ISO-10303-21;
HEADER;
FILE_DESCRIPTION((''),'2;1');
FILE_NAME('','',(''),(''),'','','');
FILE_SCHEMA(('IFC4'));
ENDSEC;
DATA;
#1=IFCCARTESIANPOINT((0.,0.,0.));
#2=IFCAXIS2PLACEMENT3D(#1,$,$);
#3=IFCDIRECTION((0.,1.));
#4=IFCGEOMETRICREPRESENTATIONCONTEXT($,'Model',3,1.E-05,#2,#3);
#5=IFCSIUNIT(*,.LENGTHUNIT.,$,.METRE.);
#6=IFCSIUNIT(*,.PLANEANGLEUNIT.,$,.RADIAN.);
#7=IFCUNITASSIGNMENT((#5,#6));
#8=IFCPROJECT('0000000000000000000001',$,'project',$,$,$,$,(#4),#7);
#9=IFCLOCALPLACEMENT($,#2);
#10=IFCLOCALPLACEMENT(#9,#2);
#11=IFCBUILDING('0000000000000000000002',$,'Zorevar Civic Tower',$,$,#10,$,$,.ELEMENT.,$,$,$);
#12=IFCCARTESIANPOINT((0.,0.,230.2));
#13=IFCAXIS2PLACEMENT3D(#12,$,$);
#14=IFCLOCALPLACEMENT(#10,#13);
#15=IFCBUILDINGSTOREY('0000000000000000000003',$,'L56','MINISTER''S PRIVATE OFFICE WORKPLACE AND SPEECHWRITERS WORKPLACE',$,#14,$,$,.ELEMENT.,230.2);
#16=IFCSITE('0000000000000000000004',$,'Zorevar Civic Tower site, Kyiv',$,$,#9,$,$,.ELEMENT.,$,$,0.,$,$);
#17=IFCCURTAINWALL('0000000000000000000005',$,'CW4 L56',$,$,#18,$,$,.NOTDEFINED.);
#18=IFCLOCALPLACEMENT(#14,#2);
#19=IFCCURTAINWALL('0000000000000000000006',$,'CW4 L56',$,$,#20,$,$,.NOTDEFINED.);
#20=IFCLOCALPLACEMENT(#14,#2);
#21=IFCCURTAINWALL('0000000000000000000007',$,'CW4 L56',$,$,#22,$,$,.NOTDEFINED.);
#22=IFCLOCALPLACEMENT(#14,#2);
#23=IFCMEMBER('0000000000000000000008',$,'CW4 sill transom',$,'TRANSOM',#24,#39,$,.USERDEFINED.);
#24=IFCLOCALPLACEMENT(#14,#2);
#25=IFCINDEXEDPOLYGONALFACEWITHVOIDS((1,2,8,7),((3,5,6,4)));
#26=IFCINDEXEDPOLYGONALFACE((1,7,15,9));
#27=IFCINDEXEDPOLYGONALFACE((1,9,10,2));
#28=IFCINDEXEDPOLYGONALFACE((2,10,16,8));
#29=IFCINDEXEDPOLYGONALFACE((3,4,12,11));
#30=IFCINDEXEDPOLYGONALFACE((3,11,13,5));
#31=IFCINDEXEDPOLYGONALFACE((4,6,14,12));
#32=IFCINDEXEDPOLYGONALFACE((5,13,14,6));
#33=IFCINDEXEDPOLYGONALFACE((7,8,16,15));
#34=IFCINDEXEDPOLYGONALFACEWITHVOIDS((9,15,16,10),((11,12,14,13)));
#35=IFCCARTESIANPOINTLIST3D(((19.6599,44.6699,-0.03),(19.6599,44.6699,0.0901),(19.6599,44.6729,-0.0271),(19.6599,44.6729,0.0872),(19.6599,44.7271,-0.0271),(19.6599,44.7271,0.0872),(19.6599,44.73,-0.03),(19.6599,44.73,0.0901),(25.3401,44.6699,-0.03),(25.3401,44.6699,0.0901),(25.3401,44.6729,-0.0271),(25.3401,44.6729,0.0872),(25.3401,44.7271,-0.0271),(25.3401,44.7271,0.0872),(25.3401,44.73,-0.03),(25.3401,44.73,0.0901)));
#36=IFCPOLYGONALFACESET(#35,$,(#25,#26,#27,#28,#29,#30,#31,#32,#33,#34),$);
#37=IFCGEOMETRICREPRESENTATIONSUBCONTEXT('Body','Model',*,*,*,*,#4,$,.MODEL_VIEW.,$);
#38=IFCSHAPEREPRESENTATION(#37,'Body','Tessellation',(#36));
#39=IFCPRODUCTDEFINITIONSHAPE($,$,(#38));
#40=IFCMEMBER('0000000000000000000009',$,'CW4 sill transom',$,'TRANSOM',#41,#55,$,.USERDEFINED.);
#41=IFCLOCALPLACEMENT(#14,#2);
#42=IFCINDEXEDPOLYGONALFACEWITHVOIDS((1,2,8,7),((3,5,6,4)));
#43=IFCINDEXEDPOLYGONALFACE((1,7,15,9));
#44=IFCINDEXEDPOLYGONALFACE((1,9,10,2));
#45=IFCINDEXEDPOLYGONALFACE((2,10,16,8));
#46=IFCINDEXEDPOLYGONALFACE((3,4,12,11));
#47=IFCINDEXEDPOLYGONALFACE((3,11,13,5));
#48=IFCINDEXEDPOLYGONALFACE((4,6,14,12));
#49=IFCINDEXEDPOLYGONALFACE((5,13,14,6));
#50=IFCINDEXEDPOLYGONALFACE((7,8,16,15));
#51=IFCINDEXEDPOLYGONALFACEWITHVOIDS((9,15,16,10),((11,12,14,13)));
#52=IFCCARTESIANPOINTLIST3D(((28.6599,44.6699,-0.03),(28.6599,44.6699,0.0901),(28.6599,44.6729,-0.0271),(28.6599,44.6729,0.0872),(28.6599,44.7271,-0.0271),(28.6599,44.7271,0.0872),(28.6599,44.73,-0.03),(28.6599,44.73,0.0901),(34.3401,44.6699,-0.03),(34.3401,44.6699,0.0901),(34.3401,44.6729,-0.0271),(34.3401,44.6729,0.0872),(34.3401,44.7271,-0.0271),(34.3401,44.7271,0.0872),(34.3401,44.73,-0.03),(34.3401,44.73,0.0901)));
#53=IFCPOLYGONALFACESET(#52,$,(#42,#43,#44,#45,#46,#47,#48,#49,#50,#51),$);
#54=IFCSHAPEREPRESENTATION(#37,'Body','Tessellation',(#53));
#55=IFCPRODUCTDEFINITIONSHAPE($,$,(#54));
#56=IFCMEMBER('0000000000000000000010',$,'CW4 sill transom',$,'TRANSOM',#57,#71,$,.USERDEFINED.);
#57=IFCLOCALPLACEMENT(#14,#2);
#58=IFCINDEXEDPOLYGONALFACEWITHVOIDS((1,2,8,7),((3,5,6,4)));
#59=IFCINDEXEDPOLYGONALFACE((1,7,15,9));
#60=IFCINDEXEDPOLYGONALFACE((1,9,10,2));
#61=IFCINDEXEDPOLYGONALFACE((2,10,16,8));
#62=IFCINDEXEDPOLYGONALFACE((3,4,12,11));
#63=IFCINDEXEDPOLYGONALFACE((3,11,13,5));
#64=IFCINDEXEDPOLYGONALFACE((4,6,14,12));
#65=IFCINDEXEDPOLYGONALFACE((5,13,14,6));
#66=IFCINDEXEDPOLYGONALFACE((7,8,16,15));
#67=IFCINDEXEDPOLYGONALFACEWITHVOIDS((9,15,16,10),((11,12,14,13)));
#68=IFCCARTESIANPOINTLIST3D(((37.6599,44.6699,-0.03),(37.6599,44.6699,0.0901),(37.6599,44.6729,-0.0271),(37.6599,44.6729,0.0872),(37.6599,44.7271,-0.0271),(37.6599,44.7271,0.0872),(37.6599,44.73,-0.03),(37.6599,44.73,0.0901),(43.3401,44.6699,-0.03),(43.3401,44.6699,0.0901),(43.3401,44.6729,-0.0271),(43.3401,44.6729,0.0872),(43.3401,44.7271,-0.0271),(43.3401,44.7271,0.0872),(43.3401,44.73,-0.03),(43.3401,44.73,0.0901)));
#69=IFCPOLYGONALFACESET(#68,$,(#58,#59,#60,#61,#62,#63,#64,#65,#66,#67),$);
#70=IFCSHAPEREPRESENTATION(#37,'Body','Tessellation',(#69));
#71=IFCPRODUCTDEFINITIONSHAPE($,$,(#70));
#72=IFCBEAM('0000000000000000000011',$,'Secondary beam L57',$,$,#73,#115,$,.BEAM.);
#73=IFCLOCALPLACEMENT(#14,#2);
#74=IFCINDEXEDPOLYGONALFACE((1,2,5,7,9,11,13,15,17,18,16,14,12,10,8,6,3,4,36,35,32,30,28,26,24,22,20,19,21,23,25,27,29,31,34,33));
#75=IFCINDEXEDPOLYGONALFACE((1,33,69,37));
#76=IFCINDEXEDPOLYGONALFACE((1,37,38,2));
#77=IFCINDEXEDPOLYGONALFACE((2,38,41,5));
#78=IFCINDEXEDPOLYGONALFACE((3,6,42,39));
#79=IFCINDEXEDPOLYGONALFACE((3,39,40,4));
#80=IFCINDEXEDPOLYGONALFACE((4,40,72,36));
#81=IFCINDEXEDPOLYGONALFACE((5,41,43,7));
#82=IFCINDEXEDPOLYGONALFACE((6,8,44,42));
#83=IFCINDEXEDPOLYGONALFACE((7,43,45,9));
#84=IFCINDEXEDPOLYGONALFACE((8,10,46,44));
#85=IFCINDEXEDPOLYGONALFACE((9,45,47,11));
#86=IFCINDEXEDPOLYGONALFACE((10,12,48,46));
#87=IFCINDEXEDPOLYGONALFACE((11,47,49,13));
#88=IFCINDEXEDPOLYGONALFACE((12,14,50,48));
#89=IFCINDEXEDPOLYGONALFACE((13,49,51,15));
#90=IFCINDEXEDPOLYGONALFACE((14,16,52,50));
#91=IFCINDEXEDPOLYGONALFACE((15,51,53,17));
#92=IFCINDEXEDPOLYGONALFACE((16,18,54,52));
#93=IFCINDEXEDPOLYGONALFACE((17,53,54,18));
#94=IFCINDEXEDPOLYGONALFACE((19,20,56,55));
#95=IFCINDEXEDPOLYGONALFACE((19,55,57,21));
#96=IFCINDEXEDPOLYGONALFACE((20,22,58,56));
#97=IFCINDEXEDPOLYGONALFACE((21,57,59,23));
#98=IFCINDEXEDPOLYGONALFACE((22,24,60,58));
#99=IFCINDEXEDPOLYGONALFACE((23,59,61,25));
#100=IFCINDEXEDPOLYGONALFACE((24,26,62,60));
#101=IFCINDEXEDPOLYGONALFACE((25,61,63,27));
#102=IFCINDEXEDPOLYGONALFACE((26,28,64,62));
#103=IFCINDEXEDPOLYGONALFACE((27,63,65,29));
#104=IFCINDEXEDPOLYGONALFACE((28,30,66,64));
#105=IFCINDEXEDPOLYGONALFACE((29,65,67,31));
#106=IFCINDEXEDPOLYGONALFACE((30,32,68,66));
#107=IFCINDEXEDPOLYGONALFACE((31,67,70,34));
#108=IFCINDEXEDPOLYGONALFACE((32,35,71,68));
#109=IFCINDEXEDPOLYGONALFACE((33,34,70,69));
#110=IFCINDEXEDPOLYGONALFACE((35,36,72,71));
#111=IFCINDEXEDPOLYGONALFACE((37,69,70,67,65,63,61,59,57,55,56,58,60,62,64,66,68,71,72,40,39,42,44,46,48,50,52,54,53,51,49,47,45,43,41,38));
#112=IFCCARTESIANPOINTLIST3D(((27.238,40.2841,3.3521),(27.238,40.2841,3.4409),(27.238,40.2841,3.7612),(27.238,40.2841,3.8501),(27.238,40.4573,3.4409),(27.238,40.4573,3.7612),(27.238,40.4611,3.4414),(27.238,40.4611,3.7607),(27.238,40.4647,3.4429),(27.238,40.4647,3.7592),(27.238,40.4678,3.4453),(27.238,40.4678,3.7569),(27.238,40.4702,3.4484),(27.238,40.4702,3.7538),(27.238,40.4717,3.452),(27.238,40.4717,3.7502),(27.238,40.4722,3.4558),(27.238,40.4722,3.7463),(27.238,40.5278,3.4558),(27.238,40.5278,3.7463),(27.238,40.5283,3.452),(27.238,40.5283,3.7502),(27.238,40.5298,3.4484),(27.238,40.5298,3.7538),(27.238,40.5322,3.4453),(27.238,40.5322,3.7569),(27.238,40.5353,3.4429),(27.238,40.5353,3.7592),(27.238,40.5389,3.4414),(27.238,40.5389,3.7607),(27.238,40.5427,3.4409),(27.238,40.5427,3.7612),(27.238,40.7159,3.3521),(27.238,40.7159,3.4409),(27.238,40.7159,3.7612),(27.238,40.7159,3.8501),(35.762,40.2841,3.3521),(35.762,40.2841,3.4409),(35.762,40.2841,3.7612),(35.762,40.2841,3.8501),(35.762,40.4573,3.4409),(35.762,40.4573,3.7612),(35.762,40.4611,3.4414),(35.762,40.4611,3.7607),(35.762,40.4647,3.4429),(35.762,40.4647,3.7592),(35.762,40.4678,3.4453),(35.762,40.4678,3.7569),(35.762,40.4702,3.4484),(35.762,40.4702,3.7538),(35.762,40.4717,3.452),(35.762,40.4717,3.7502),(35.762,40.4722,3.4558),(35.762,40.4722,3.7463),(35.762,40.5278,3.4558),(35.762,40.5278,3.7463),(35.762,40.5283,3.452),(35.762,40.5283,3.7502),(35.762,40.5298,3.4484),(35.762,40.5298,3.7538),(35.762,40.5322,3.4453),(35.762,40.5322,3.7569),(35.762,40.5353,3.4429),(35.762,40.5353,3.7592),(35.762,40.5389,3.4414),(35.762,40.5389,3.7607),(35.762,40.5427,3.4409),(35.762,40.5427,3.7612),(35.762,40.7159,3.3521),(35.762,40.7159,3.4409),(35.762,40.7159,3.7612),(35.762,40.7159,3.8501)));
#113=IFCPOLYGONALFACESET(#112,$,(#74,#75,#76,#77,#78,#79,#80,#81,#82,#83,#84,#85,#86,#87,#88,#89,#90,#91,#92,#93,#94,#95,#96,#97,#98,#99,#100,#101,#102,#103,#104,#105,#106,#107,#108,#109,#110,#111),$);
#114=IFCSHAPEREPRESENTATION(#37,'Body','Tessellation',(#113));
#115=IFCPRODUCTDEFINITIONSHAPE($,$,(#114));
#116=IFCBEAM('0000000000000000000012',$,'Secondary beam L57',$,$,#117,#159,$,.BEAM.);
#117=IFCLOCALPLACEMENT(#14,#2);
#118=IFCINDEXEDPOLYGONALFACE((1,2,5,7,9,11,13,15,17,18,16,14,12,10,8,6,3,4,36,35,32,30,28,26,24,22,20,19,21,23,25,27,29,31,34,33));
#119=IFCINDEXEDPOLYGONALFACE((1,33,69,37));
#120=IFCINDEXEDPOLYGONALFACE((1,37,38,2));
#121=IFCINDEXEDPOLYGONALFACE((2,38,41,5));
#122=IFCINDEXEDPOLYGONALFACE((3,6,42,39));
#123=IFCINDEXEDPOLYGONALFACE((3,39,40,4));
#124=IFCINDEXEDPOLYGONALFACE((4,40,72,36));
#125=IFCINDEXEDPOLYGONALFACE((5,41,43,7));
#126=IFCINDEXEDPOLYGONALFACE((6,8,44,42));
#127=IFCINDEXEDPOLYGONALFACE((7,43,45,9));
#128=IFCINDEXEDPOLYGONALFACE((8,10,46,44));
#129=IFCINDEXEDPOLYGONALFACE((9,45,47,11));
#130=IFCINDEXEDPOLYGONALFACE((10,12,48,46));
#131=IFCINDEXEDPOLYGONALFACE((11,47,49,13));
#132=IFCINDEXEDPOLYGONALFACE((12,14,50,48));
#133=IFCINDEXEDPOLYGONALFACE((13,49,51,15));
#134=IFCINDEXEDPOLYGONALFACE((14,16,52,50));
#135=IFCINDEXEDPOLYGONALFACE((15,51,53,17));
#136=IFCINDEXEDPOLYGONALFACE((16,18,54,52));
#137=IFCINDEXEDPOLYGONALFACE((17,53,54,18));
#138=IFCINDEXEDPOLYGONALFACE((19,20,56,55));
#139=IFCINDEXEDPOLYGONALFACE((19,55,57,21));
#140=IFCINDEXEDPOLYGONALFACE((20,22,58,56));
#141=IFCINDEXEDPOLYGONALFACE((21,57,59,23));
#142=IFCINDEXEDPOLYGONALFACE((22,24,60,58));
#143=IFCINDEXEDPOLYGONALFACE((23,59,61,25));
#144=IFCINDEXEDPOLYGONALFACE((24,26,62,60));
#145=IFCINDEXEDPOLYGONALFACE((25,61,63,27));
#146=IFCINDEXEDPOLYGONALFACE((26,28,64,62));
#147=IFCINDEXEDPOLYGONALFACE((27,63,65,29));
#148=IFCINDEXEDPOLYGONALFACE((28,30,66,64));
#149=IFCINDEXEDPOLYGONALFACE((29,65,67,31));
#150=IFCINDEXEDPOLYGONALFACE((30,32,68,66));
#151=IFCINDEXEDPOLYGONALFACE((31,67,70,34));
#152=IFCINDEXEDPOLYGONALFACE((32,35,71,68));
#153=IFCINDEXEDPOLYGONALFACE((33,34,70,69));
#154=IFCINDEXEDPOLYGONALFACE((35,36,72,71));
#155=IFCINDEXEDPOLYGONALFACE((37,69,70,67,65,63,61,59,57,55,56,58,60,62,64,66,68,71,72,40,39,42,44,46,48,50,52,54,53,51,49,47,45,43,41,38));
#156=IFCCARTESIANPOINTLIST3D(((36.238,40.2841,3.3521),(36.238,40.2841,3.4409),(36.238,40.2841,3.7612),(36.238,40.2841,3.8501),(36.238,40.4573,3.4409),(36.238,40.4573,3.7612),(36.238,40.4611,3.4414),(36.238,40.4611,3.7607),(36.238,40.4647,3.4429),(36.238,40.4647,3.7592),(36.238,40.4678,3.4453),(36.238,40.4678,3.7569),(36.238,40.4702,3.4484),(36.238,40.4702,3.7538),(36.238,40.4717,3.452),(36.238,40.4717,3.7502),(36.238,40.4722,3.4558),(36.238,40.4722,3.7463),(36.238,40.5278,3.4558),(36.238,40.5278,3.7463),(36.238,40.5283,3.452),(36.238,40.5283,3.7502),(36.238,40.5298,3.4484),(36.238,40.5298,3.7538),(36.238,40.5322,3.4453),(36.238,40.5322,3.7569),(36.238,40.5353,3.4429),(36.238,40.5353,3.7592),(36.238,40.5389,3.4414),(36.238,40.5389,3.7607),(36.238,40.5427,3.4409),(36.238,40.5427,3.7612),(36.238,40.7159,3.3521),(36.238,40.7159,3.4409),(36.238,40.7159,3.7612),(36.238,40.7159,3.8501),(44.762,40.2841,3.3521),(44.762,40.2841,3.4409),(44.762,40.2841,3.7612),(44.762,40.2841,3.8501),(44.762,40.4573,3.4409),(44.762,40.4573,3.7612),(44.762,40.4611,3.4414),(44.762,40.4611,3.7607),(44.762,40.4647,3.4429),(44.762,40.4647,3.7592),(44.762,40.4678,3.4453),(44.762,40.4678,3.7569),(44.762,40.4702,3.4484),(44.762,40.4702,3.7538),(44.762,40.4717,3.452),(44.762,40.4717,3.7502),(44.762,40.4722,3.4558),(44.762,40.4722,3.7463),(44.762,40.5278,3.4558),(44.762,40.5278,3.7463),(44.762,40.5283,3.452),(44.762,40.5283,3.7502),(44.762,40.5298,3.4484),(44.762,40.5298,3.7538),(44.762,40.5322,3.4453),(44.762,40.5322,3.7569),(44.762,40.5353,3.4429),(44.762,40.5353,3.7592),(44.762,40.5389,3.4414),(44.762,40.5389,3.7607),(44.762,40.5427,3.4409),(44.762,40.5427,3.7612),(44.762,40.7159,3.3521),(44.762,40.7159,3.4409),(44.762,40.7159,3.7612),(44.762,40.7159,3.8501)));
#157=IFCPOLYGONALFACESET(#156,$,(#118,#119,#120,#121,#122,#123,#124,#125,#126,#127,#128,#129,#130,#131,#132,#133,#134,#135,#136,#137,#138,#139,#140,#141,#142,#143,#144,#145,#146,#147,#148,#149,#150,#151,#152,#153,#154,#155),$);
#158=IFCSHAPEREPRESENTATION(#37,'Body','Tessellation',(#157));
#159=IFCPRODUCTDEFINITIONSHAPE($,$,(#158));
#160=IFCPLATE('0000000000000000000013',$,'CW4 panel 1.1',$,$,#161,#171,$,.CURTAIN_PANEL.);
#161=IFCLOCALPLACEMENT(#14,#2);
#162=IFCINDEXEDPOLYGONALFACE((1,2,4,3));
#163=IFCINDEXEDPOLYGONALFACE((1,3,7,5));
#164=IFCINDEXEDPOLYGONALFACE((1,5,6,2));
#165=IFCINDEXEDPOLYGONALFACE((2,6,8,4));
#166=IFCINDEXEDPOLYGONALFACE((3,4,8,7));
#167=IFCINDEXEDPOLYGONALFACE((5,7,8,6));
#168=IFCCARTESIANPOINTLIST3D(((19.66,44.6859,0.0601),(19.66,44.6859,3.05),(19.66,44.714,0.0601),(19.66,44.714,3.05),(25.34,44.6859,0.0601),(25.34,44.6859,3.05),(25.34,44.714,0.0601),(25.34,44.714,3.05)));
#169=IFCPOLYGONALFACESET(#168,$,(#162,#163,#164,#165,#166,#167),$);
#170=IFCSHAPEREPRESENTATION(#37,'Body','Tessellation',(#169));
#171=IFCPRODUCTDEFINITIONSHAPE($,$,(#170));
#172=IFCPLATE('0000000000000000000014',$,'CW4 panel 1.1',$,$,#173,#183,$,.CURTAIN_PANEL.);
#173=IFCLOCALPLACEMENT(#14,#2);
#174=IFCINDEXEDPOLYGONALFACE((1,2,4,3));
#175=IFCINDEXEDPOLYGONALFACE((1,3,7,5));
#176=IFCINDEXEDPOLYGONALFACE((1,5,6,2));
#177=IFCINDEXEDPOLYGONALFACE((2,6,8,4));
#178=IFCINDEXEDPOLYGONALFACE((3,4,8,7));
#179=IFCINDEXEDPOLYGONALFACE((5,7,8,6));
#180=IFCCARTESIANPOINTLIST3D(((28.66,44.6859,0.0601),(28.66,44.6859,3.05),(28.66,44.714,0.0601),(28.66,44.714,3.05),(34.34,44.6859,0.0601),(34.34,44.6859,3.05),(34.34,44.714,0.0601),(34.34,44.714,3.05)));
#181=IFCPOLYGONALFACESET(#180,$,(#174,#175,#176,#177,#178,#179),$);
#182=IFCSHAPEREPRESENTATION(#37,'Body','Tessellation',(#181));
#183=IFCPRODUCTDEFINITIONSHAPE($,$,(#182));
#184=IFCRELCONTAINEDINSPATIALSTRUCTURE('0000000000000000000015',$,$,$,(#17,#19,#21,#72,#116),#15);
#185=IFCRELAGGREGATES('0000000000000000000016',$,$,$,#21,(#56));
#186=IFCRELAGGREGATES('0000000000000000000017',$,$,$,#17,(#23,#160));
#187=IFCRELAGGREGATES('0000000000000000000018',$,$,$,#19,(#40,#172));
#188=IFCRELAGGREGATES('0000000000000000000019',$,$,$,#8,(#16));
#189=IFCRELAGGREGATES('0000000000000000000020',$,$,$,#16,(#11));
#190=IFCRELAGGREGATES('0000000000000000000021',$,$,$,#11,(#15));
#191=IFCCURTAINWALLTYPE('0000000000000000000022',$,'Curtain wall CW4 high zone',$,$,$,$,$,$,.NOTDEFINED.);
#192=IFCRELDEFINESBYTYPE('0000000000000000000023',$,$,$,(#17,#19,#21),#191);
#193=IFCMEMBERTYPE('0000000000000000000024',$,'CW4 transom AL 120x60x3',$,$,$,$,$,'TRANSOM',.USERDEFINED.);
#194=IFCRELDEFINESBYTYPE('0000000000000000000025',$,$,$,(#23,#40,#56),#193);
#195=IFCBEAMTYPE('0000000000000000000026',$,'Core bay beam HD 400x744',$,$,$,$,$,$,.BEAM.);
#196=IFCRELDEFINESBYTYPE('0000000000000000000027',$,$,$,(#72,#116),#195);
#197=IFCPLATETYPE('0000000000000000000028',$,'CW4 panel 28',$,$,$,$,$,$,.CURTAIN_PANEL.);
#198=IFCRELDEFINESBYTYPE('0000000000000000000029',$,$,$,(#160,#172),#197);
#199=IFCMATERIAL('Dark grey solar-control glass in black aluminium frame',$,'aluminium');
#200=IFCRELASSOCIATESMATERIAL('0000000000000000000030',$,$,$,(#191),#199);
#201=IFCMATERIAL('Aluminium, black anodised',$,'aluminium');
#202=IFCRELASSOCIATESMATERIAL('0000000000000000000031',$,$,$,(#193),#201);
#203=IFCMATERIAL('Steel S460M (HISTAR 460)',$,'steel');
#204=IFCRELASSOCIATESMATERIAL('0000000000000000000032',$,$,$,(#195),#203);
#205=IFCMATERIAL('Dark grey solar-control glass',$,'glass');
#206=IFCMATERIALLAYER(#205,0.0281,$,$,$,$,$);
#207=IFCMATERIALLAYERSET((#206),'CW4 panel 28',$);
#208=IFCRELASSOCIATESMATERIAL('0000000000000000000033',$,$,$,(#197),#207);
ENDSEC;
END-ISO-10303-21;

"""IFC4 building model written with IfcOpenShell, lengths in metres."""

from ifc_helpers import new_model, si_unit, direction, frame, origin, origin_2d, place, context, subcontext, project, spatial, rectangle, hollow_rectangle, i_section, extrude, material, layer, layer_set, material_profile, profile_set, type_object, element, aggregate, save


model = new_model("IFC4")

# Units and contexts
model_context = context("Model", 3, precision=1e-05, world=origin(), true_north=direction((0.0, 1.0)))
body_context = subcontext(model_context, "Body", "Model", "MODEL_VIEW")
ifc_project = project(units=[si_unit("LENGTHUNIT", "METRE"), si_unit("PLANEANGLEUNIT", "RADIAN")], contexts=[model_context])

# Site, building, storey
site_placement = place(None, origin())
site = spatial("IfcSite", under=ifc_project, at=site_placement, Name="Zorevar Civic Tower site, Kyiv", CompositionType="ELEMENT", RefElevation=0.0)
building_placement = place(site_placement, origin())
building = spatial("IfcBuilding", under=site, at=building_placement, Name="Zorevar Civic Tower", CompositionType="ELEMENT")
storey_placement = place(building_placement, frame((0.0, 0.0, 230.2)))
storey = spatial("IfcBuildingStorey", under=building, at=storey_placement, Name="L56", Description="MINISTER'S PRIVATE OFFICE WORKPLACE AND SPEECHWRITERS WORKPLACE", CompositionType="ELEMENT", Elevation=230.2)

# Curtain wall
ifc_material_1 = material(Name="Dark grey solar-control glass in black aluminium frame", Category="aluminium")
curtain_wall_type = type_object("IfcCurtainWallType", Name="Curtain wall CW4 high zone", PredefinedType="NOTDEFINED", material=ifc_material_1)
curtain_wall_1_placement = place(storey_placement, origin())
curtain_wall_1 = element("IfcCurtainWall", 1, at=curtain_wall_1_placement, inside=storey, type_object=curtain_wall_type, Name="CW4 L56", PredefinedType="NOTDEFINED")

# Curtain wall
curtain_wall_2_placement = place(storey_placement, origin())
curtain_wall_2 = element("IfcCurtainWall", 2, at=curtain_wall_2_placement, inside=storey, type_object=curtain_wall_type, Name="CW4 L56", PredefinedType="NOTDEFINED")

# Curtain wall
curtain_wall_3_placement = place(storey_placement, origin())
curtain_wall_3 = element("IfcCurtainWall", 3, at=curtain_wall_3_placement, inside=storey, type_object=curtain_wall_type, Name="CW4 L56", PredefinedType="NOTDEFINED")

# Members
ifc_material_2 = material(Name="Aluminium, black anodised", Category="aluminium")
ifc_material_profile_1 = material_profile(ifc_material_2, hollow_rectangle(XDim=0.0601, YDim=0.1201, WallThickness=0.0029, at=origin_2d()), Name="AL 120x60x3")
ifc_profile_set_1 = profile_set([ifc_material_profile_1], Name="Aluminium, black anodised")
member_type_1 = type_object("IfcMemberType", Name="CW4 transom AL 120x60x3", ElementType="TRANSOM", PredefinedType="USERDEFINED", material=ifc_profile_set_1)
member_1_placement = place(storey_placement, frame((19.6599, 44.7, 0.03), z_axis=(1.0, 0.0, 0.0), x_axis=(0.0, 1.0, 0.0)))
member_1 = element("IfcMember", 4, at=member_1_placement, type_object=member_type_1, Name="CW4 sill transom", ObjectType="TRANSOM", PredefinedType="USERDEFINED", context=body_context, shape_type="SweptSolid", body=[
    extrude(hollow_rectangle(XDim=0.0601, YDim=0.1201, WallThickness=0.0029, at=origin_2d()), origin(), (0.0, 0.0, 1.0), 5.6802),
])
member_2_placement = place(storey_placement, frame((28.6599, 44.7, 0.03), z_axis=(1.0, 0.0, 0.0), x_axis=(0.0, 1.0, 0.0)))
member_2 = element("IfcMember", 5, at=member_2_placement, type_object=member_type_1, Name="CW4 sill transom", ObjectType="TRANSOM", PredefinedType="USERDEFINED", context=body_context, shape_type="SweptSolid", body=[
    extrude(hollow_rectangle(XDim=0.0601, YDim=0.1201, WallThickness=0.0029, at=origin_2d()), origin(), (0.0, 0.0, 1.0), 5.6802),
])
member_3_placement = place(storey_placement, frame((37.6599, 44.7, 0.03), z_axis=(1.0, 0.0, 0.0), x_axis=(0.0, 1.0, 0.0)))
member_3 = element("IfcMember", 6, at=member_3_placement, type_object=member_type_1, Name="CW4 sill transom", ObjectType="TRANSOM", PredefinedType="USERDEFINED", context=body_context, shape_type="SweptSolid", body=[
    extrude(hollow_rectangle(XDim=0.0601, YDim=0.1201, WallThickness=0.0029, at=origin_2d()), origin(), (0.0, 0.0, 1.0), 5.6802),
])
aggregate(curtain_wall_3, [member_3])

# Beams
ifc_material_3 = material(Name="Steel S460M (HISTAR 460)", Category="steel")
ifc_material_profile_2 = material_profile(ifc_material_3, i_section(OverallWidth=0.4319, OverallDepth=0.498, WebThickness=0.0557, FlangeThickness=0.0889, FilletRadius=0.0149, at=origin_2d()), Name="HD 400x744")
ifc_profile_set_2 = profile_set([ifc_material_profile_2], Name="Steel S460M (HISTAR 460)")
beam_type_1 = type_object("IfcBeamType", Name="Core bay beam HD 400x744", PredefinedType="BEAM", material=ifc_profile_set_2)
for number, where, z_axis, x_axis, name in (
    (7, (27.238, 40.5, 3.6011), (1.0, 0.0, 0.0), (0.0, 1.0, 0.0), "Secondary beam L57"),
    (8, (36.238, 40.5, 3.6011), (1.0, 0.0, 0.0), (0.0, 1.0, 0.0), "Secondary beam L57"),
):
    element("IfcBeam", number, at=place(storey_placement, frame(where, z_axis=z_axis, x_axis=x_axis)), inside=storey, type_object=beam_type_1, Name=name, PredefinedType="BEAM", context=body_context, shape_type="SweptSolid", body=[
        extrude(i_section(OverallWidth=0.4319, OverallDepth=0.498, WebThickness=0.0557, FlangeThickness=0.0889, FilletRadius=0.0149, at=origin_2d()), origin(), (0.0, 0.0, 1.0), 8.5239),
    ])

# Plates
ifc_material_4 = material(Name="Dark grey solar-control glass", Category="glass")
ifc_layer_1 = layer(ifc_material_4, 0.0281)
ifc_layer_set_1 = layer_set([ifc_layer_1], Name="CW4 panel 28")
plate_type = type_object("IfcPlateType", Name="CW4 panel 28", PredefinedType="CURTAIN_PANEL", material=ifc_layer_set_1)
plate_1_placement = place(storey_placement, frame((22.5, 44.7, 0.0601), z_axis=(0.0, 0.0, 1.0), x_axis=(1.0, 0.0, 0.0)))
plate_1 = element("IfcPlate", 9, at=plate_1_placement, type_object=plate_type, Name="CW4 panel 1.1", PredefinedType="CURTAIN_PANEL", context=body_context, shape_type="SweptSolid", body=[
    extrude(rectangle(XDim=5.6799, YDim=0.0281, at=origin_2d()), origin(), (0.0, 0.0, 1.0), 2.99),
])
aggregate(curtain_wall_1, [member_1, plate_1])
plate_2_placement = place(storey_placement, frame((31.5, 44.7, 0.0601), z_axis=(0.0, 0.0, 1.0), x_axis=(1.0, 0.0, 0.0)))
plate_2 = element("IfcPlate", 10, at=plate_2_placement, type_object=plate_type, Name="CW4 panel 1.1", PredefinedType="CURTAIN_PANEL", context=body_context, shape_type="SweptSolid", body=[
    extrude(rectangle(XDim=5.6799, YDim=0.0281, at=origin_2d()), origin(), (0.0, 0.0, 1.0), 2.99),
])
aggregate(curtain_wall_2, [member_2, plate_2])

save(model, "model.ifc")
